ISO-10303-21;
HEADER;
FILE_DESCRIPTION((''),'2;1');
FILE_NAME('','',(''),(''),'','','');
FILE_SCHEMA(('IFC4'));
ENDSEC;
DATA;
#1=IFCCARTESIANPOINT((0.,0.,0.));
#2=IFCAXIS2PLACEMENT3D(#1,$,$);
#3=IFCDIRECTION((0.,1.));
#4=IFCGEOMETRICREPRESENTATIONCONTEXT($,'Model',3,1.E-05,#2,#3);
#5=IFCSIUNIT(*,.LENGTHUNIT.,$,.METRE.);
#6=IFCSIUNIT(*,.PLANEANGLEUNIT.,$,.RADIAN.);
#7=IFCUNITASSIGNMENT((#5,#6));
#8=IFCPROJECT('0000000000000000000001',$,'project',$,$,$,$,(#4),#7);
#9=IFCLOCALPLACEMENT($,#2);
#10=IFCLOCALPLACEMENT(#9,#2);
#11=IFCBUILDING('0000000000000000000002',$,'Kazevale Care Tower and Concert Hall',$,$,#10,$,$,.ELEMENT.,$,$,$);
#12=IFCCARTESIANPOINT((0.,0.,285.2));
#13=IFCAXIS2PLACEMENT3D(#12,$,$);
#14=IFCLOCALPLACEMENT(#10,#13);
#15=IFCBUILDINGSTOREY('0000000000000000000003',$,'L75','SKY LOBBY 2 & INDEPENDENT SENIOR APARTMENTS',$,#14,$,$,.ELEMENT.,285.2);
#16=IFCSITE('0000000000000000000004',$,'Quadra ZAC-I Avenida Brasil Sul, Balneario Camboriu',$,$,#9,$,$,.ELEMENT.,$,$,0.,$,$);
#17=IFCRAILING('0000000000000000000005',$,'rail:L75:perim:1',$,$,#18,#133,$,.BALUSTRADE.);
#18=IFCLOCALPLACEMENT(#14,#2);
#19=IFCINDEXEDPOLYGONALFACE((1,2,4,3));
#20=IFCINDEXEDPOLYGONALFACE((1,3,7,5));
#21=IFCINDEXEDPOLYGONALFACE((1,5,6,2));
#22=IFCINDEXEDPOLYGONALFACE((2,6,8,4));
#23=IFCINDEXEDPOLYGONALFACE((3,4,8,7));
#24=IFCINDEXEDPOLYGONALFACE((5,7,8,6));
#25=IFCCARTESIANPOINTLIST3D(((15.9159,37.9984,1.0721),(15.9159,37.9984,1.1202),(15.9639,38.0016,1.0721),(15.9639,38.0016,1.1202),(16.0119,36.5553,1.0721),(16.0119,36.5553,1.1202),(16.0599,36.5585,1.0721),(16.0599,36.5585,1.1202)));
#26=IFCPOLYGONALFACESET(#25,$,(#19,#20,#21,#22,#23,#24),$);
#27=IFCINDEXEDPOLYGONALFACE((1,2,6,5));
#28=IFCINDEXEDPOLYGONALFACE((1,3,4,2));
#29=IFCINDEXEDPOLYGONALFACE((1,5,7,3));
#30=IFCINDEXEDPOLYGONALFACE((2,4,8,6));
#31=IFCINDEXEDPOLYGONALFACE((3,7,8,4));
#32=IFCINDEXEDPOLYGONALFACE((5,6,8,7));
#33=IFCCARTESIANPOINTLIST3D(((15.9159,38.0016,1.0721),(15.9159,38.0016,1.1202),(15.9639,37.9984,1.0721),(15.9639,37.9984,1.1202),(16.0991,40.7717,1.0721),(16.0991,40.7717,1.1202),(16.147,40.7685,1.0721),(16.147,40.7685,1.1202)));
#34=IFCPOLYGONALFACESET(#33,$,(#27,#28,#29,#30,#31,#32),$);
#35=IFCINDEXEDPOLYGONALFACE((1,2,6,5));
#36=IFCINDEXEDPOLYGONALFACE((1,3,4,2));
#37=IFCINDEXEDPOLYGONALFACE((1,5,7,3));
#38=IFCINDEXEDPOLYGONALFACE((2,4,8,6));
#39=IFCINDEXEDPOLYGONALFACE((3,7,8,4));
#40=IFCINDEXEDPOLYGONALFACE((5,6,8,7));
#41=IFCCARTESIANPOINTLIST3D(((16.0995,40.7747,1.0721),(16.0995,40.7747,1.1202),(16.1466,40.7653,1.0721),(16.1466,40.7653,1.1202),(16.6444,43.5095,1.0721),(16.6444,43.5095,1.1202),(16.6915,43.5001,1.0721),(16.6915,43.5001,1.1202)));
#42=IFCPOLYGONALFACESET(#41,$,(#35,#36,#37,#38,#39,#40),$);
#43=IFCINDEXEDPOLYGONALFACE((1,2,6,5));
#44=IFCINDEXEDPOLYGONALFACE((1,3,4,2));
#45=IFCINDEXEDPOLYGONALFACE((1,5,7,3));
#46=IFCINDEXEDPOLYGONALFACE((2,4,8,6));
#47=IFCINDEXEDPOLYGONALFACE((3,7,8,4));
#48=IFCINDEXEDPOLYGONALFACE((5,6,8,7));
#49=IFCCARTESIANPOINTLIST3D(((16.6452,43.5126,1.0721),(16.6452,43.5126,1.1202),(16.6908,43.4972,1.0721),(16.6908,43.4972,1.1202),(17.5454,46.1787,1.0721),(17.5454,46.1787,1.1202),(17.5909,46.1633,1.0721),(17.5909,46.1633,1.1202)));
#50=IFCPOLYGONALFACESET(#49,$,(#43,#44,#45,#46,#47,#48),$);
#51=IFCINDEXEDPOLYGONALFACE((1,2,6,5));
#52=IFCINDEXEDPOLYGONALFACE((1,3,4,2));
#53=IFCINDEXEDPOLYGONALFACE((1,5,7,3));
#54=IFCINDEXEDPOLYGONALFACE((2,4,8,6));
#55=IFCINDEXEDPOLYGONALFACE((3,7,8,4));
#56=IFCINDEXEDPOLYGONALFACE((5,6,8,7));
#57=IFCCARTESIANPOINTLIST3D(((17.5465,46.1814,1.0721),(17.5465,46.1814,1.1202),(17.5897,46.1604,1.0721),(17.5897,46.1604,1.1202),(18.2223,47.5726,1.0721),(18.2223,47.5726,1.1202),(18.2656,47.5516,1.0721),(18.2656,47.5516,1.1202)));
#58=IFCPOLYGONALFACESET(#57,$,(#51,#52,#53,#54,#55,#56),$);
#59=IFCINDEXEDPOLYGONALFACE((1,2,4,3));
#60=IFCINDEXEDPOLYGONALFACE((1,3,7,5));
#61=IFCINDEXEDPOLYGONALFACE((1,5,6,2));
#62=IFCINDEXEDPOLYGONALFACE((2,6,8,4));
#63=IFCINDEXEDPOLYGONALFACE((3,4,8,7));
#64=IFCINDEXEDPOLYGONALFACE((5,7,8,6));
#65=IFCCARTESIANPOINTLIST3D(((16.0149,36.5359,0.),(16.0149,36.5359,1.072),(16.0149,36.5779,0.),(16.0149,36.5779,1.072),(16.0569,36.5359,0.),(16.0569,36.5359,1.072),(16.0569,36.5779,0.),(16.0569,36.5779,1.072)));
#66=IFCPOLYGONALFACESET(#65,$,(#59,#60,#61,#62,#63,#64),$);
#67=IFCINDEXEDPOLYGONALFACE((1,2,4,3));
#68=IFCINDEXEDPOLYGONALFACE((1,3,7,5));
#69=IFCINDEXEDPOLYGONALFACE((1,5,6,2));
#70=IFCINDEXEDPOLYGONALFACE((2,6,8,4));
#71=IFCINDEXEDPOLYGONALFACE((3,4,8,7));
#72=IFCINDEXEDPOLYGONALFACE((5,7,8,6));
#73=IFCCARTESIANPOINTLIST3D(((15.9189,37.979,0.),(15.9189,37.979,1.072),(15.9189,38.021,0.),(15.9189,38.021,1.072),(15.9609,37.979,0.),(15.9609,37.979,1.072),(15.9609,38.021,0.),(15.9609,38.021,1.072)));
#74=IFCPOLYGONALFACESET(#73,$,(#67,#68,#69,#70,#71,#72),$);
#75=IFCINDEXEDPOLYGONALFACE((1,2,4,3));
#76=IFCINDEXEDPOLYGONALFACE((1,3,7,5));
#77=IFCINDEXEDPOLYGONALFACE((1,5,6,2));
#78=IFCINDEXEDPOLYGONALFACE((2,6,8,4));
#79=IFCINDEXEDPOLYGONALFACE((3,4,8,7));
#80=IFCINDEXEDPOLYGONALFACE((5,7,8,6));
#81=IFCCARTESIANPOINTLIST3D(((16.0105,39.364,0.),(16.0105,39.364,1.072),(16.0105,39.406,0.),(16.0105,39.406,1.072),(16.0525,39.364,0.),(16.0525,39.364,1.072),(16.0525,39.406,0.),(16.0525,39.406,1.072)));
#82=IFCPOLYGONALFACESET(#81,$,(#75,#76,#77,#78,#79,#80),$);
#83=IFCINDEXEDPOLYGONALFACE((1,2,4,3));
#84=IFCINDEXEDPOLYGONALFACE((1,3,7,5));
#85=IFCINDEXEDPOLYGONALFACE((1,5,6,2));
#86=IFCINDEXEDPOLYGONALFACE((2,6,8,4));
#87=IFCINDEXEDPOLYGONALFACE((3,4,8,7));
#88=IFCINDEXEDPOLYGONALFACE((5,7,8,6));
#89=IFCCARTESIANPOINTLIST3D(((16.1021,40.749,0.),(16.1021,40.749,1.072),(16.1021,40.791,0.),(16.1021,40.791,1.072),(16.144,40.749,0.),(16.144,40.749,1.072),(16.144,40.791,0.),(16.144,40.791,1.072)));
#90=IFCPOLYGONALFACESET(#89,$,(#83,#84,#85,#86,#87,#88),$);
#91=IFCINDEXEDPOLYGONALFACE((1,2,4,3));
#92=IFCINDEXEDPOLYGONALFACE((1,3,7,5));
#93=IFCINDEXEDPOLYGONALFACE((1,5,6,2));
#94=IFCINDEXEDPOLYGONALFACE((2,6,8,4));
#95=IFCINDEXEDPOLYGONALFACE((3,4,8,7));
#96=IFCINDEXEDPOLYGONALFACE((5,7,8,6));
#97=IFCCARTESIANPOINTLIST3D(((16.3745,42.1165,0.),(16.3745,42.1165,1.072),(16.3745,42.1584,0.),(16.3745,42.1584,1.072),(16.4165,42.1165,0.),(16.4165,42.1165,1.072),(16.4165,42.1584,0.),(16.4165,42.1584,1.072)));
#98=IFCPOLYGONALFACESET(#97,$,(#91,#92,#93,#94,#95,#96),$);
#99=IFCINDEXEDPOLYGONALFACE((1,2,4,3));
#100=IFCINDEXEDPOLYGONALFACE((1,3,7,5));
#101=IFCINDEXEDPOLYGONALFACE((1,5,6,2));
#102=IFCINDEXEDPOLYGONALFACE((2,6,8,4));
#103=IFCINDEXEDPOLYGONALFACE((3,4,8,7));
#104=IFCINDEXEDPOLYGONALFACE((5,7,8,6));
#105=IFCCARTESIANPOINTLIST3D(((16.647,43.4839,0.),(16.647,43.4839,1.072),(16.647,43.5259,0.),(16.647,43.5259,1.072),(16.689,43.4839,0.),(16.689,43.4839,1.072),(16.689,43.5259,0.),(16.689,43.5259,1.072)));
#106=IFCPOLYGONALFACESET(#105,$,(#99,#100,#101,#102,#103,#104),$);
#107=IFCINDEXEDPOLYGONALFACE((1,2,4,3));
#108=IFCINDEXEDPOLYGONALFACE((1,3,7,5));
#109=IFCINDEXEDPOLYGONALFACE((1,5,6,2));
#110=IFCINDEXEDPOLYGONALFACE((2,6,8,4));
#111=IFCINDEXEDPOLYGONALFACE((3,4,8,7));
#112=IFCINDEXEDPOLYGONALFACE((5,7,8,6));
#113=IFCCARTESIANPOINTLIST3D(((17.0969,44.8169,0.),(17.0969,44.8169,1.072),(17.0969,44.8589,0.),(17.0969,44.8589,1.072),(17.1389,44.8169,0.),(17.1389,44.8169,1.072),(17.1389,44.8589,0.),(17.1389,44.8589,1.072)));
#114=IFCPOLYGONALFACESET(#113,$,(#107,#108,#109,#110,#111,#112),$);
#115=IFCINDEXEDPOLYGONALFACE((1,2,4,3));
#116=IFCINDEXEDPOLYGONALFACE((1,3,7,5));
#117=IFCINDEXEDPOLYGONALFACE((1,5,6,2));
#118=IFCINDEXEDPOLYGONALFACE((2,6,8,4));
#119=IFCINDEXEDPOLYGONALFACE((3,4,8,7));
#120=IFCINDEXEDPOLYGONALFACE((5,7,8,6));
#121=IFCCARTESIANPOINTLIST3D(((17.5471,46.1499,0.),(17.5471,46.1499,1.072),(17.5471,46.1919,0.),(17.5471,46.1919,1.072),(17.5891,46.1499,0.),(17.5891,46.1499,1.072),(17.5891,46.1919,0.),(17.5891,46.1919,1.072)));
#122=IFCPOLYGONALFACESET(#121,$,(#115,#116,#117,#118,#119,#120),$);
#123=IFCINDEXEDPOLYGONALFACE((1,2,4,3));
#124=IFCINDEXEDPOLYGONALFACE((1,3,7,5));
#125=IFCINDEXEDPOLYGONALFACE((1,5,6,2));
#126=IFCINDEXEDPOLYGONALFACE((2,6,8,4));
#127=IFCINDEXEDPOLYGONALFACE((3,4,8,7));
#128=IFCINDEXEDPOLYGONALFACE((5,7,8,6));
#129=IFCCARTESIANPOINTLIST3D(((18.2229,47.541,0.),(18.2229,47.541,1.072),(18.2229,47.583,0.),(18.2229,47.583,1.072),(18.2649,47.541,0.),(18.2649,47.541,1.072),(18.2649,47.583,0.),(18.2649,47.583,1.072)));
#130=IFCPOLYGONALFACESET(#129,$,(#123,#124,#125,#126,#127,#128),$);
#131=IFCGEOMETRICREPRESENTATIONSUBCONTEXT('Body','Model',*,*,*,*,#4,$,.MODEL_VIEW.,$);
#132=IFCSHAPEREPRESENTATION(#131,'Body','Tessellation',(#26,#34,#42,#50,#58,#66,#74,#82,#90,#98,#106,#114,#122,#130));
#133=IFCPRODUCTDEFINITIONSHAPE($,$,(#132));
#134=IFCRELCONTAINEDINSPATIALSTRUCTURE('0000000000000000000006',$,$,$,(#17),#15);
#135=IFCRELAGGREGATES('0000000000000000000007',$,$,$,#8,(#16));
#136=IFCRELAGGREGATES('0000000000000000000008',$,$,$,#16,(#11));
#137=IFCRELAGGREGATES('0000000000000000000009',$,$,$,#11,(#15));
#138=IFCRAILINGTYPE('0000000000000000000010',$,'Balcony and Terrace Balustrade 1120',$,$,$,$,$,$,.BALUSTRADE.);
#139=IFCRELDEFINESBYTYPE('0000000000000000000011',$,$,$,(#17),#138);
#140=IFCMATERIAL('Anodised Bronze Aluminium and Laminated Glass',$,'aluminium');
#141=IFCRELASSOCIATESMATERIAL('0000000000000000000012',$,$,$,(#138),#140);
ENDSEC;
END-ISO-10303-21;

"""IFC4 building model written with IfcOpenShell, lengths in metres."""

from ifc_helpers import new_model, si_unit, direction, frame, origin, origin_2d, place, context, subcontext, project, spatial, rectangle, extrude, material, type_object, element, save


model = new_model("IFC4")

# Units and contexts
model_context = context("Model", 3, precision=1e-05, world=origin(), true_north=direction((0.0, 1.0)))
body_context = subcontext(model_context, "Body", "Model", "MODEL_VIEW")
ifc_project = project(units=[si_unit("LENGTHUNIT", "METRE"), si_unit("PLANEANGLEUNIT", "RADIAN")], contexts=[model_context])

# Site, building, storey
site_placement = place(None, origin())
site = spatial("IfcSite", under=ifc_project, at=site_placement, Name="Quadra ZAC-I Avenida Brasil Sul, Balneario Camboriu", CompositionType="ELEMENT", RefElevation=0.0)
building_placement = place(site_placement, origin())
building = spatial("IfcBuilding", under=site, at=building_placement, Name="Kazevale Care Tower and Concert Hall", CompositionType="ELEMENT")
storey_placement = place(building_placement, frame((0.0, 0.0, 285.2)))
storey = spatial("IfcBuildingStorey", under=building, at=storey_placement, Name="L75", Description="SKY LOBBY 2 & INDEPENDENT SENIOR APARTMENTS", CompositionType="ELEMENT", Elevation=285.2)

# Railing
ifc_material_1 = material(Name="Anodised Bronze Aluminium and Laminated Glass", Category="aluminium")
railing_type = type_object("IfcRailingType", Name="Balcony and Terrace Balustrade 1120", PredefinedType="BALUSTRADE", material=ifc_material_1)
railing_placement = place(storey_placement, frame((16.0359, 36.5569, 0.0)))
element("IfcRailing", 1, at=railing_placement, inside=storey, type_object=railing_type, Name="rail:L75:perim:1", PredefinedType="BALUSTRADE", context=body_context, shape_type="SweptSolid", body=[
    extrude(rectangle(XDim=0.0481, YDim=0.0481, at=origin_2d()), frame((0.0, 0.0, 1.0962), z_axis=(-0.06634, 0.997797, 0.0), x_axis=(-0.997797, -0.06634, 0.0)), (0.0, 0.0, 1.0), 1.4463),
    extrude(rectangle(XDim=0.0481, YDim=0.0481, at=origin_2d()), frame((-0.0959, 1.4431, 1.0962), z_axis=(0.065959, 0.997822, 0.0), x_axis=(-0.997822, 0.065959, 0.0)), (0.0, 0.0, 1.0), 2.7761),
    extrude(rectangle(XDim=0.0481, YDim=0.0481, at=origin_2d()), frame((0.0872, 4.2131, 1.0962), z_axis=(0.195409, 0.980722, 0.0), x_axis=(-0.980722, 0.195409, 0.0)), (0.0, 0.0, 1.0), 2.7886),
    extrude(rectangle(XDim=0.0481, YDim=0.0481, at=origin_2d()), frame((0.6321, 6.948, 1.0962), z_axis=(0.319895, 0.947453, 0.0), x_axis=(-0.947453, 0.319895, 0.0)), (0.0, 0.0, 1.0), 2.814),
    extrude(rectangle(XDim=0.0481, YDim=0.0481, at=origin_2d()), frame((1.5322, 9.614, 1.0962), z_axis=(0.436955, 0.899483, 0.0), x_axis=(-0.899483, 0.436955, 0.0)), (0.0, 0.0, 1.0), 1.5466),
    extrude(rectangle(XDim=0.042, YDim=0.042, at=origin_2d()), origin(), (0.0, 0.0, 1.0), 1.072),
    extrude(rectangle(XDim=0.042, YDim=0.042, at=origin_2d()), frame((-0.0959, 1.4431, 0.0)), (0.0, 0.0, 1.0), 1.072),
    extrude(rectangle(XDim=0.042, YDim=0.042, at=origin_2d()), frame((-0.0044, 2.8281, 0.0)), (0.0, 0.0, 1.0), 1.072),
    extrude(rectangle(XDim=0.042, YDim=0.042, at=origin_2d()), frame((0.0872, 4.2131, 0.0)), (0.0, 0.0, 1.0), 1.072),
    extrude(rectangle(XDim=0.042, YDim=0.042, at=origin_2d()), frame((0.3596, 5.5806, 0.0)), (0.0, 0.0, 1.0), 1.072),
    extrude(rectangle(XDim=0.042, YDim=0.042, at=origin_2d()), frame((0.6321, 6.948, 0.0)), (0.0, 0.0, 1.0), 1.072),
    extrude(rectangle(XDim=0.042, YDim=0.042, at=origin_2d()), frame((1.082, 8.281, 0.0)), (0.0, 0.0, 1.0), 1.072),
    extrude(rectangle(XDim=0.042, YDim=0.042, at=origin_2d()), frame((1.5322, 9.614, 0.0)), (0.0, 0.0, 1.0), 1.072),
    extrude(rectangle(XDim=0.042, YDim=0.042, at=origin_2d()), frame((2.208, 11.0051, 0.0)), (0.0, 0.0, 1.0), 1.072),
])

save(model, "model.ifc")
